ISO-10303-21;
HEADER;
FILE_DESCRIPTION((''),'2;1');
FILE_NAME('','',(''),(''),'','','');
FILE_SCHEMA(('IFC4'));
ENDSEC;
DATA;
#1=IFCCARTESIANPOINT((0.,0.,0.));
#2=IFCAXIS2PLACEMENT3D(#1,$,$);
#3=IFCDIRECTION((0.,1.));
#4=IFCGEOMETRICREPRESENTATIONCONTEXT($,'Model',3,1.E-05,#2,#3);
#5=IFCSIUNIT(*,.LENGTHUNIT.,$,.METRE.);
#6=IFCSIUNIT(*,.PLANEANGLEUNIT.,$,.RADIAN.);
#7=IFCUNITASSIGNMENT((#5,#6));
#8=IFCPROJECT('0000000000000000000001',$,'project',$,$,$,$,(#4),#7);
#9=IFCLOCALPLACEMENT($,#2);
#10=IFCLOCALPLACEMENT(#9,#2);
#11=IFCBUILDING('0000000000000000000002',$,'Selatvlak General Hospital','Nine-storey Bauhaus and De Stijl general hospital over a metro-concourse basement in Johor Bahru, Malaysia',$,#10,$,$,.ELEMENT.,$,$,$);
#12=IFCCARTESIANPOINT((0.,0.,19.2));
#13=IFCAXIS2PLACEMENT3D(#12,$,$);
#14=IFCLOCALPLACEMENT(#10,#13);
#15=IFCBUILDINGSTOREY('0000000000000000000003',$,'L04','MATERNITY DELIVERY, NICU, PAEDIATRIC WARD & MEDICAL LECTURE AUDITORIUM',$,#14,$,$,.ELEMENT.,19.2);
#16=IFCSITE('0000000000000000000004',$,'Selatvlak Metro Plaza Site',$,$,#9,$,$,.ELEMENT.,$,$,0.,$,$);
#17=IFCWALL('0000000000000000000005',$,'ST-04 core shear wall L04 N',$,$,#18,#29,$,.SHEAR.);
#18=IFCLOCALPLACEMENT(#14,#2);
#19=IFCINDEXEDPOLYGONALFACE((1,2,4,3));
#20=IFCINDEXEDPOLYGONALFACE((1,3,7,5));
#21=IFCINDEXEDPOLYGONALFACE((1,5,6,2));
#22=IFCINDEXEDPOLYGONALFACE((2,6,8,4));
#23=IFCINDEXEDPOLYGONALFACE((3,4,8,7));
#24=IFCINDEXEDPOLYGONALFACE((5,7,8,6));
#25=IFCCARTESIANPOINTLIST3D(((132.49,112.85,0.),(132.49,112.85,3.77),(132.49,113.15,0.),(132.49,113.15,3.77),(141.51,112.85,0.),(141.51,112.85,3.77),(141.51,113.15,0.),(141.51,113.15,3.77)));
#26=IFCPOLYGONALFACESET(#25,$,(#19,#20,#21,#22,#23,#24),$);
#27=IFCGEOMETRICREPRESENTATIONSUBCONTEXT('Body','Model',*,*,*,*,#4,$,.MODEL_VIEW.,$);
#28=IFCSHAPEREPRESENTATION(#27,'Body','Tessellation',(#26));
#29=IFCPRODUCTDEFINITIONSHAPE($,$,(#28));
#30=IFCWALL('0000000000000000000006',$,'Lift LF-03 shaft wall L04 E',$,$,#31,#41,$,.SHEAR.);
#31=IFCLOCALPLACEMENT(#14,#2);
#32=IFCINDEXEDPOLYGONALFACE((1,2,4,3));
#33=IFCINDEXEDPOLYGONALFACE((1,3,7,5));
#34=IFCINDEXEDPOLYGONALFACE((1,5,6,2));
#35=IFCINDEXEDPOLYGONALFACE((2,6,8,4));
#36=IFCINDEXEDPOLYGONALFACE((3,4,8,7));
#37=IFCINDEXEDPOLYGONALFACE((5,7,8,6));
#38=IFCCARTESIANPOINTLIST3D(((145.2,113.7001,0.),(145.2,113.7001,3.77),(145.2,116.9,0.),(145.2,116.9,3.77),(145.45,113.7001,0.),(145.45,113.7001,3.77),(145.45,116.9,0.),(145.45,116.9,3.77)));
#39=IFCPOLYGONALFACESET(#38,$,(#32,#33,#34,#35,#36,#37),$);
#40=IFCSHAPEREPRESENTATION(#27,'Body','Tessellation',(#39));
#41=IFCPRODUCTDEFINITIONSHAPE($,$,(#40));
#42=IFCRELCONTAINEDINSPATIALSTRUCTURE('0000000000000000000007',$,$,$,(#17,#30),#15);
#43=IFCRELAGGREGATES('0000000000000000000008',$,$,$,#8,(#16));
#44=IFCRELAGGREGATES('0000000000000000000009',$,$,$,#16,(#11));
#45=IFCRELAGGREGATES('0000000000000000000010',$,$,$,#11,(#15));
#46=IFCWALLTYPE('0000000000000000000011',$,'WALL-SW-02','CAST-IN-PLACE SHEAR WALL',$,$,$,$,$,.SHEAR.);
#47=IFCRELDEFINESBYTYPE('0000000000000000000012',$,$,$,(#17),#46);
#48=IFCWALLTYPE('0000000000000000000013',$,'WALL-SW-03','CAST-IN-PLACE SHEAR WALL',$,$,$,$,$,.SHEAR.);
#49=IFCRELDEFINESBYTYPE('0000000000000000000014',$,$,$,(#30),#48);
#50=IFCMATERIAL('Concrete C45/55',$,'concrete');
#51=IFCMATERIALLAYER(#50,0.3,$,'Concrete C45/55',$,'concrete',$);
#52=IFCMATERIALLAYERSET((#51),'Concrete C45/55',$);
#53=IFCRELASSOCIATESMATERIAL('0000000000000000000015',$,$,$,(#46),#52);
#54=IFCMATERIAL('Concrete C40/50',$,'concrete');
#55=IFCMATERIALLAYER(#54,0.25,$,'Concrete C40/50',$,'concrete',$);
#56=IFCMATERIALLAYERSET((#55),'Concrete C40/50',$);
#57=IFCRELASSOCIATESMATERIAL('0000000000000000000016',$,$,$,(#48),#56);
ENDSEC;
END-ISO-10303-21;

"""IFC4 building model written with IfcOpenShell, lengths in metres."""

from ifc_helpers import new_model, si_unit, direction, frame, frame_2d, origin, place, context, subcontext, project, spatial, rectangle, extrude, material, layer, layer_set, type_object, element, save


model = new_model("IFC4")

# Units and contexts
model_context = context("Model", 3, precision=1e-05, world=origin(), true_north=direction((0.0, 1.0)))
body_context = subcontext(model_context, "Body", "Model", "MODEL_VIEW")
ifc_project = project(units=[si_unit("LENGTHUNIT", "METRE"), si_unit("PLANEANGLEUNIT", "RADIAN")], contexts=[model_context])

# Site, building, storey
site_placement = place(None, origin())
site = spatial("IfcSite", under=ifc_project, at=site_placement, Name="Selatvlak Metro Plaza Site", CompositionType="ELEMENT", RefElevation=0.0)
building_placement = place(site_placement, origin())
building = spatial("IfcBuilding", under=site, at=building_placement, Name="Selatvlak General Hospital", Description="Nine-storey Bauhaus and De Stijl general hospital over a metro-concourse basement in Johor Bahru, Malaysia", CompositionType="ELEMENT")
storey_placement = place(building_placement, frame((0.0, 0.0, 19.2)))
storey = spatial("IfcBuildingStorey", under=building, at=storey_placement, Name="L04", Description="MATERNITY DELIVERY, NICU, PAEDIATRIC WARD & MEDICAL LECTURE AUDITORIUM", CompositionType="ELEMENT", Elevation=19.2)

# Shared definitions
ifc_material_1 = material(Name="Concrete C40/50", Category="concrete")

# Wall
ifc_material_2 = material(Name="Concrete C45/55", Category="concrete")
ifc_layer_1 = layer(ifc_material_2, 0.3, Name="Concrete C45/55", Category="concrete")
ifc_layer_set_1 = layer_set([ifc_layer_1], Name="Concrete C45/55")
wall_type_1 = type_object("IfcWallType", Name="WALL-SW-02", Description="CAST-IN-PLACE SHEAR WALL", PredefinedType="SHEAR", material=ifc_layer_set_1)
wall_1_placement = place(storey_placement, frame((141.51, 113.0, 0.0), z_axis=(0.0, 0.0, 1.0), x_axis=(-1.0, 0.0, 0.0)))
element("IfcWall", 1, at=wall_1_placement, inside=storey, type_object=wall_type_1, Name="ST-04 core shear wall L04 N", PredefinedType="SHEAR", context=body_context, shape_type="SweptSolid", body=[
    extrude(rectangle(XDim=9.02, YDim=0.3, at=frame_2d((4.51, 0.0))), origin(), (0.0, 0.0, 1.0), 3.77),
])

# Shared definitions
ifc_layer_2 = layer(ifc_material_1, 0.25, Name="Concrete C40/50", Category="concrete")
ifc_layer_set_2 = layer_set([ifc_layer_2], Name="Concrete C40/50")
wall_type_2 = type_object("IfcWallType", Name="WALL-SW-03", Description="CAST-IN-PLACE SHEAR WALL", PredefinedType="SHEAR", material=ifc_layer_set_2)

# Wall
wall_2_placement = place(storey_placement, frame((145.325, 113.7, 0.0), z_axis=(0.0, 0.0, 1.0), x_axis=(0.0, 1.0, 0.0)))
element("IfcWall", 2, at=wall_2_placement, inside=storey, type_object=wall_type_2, Name="Lift LF-03 shaft wall L04 E", PredefinedType="SHEAR", context=body_context, shape_type="SweptSolid", body=[
    extrude(rectangle(XDim=3.2, YDim=0.25, at=frame_2d((1.6001, 0.0))), origin(), (0.0, 0.0, 1.0), 3.77),
])

save(model, "model.ifc")
